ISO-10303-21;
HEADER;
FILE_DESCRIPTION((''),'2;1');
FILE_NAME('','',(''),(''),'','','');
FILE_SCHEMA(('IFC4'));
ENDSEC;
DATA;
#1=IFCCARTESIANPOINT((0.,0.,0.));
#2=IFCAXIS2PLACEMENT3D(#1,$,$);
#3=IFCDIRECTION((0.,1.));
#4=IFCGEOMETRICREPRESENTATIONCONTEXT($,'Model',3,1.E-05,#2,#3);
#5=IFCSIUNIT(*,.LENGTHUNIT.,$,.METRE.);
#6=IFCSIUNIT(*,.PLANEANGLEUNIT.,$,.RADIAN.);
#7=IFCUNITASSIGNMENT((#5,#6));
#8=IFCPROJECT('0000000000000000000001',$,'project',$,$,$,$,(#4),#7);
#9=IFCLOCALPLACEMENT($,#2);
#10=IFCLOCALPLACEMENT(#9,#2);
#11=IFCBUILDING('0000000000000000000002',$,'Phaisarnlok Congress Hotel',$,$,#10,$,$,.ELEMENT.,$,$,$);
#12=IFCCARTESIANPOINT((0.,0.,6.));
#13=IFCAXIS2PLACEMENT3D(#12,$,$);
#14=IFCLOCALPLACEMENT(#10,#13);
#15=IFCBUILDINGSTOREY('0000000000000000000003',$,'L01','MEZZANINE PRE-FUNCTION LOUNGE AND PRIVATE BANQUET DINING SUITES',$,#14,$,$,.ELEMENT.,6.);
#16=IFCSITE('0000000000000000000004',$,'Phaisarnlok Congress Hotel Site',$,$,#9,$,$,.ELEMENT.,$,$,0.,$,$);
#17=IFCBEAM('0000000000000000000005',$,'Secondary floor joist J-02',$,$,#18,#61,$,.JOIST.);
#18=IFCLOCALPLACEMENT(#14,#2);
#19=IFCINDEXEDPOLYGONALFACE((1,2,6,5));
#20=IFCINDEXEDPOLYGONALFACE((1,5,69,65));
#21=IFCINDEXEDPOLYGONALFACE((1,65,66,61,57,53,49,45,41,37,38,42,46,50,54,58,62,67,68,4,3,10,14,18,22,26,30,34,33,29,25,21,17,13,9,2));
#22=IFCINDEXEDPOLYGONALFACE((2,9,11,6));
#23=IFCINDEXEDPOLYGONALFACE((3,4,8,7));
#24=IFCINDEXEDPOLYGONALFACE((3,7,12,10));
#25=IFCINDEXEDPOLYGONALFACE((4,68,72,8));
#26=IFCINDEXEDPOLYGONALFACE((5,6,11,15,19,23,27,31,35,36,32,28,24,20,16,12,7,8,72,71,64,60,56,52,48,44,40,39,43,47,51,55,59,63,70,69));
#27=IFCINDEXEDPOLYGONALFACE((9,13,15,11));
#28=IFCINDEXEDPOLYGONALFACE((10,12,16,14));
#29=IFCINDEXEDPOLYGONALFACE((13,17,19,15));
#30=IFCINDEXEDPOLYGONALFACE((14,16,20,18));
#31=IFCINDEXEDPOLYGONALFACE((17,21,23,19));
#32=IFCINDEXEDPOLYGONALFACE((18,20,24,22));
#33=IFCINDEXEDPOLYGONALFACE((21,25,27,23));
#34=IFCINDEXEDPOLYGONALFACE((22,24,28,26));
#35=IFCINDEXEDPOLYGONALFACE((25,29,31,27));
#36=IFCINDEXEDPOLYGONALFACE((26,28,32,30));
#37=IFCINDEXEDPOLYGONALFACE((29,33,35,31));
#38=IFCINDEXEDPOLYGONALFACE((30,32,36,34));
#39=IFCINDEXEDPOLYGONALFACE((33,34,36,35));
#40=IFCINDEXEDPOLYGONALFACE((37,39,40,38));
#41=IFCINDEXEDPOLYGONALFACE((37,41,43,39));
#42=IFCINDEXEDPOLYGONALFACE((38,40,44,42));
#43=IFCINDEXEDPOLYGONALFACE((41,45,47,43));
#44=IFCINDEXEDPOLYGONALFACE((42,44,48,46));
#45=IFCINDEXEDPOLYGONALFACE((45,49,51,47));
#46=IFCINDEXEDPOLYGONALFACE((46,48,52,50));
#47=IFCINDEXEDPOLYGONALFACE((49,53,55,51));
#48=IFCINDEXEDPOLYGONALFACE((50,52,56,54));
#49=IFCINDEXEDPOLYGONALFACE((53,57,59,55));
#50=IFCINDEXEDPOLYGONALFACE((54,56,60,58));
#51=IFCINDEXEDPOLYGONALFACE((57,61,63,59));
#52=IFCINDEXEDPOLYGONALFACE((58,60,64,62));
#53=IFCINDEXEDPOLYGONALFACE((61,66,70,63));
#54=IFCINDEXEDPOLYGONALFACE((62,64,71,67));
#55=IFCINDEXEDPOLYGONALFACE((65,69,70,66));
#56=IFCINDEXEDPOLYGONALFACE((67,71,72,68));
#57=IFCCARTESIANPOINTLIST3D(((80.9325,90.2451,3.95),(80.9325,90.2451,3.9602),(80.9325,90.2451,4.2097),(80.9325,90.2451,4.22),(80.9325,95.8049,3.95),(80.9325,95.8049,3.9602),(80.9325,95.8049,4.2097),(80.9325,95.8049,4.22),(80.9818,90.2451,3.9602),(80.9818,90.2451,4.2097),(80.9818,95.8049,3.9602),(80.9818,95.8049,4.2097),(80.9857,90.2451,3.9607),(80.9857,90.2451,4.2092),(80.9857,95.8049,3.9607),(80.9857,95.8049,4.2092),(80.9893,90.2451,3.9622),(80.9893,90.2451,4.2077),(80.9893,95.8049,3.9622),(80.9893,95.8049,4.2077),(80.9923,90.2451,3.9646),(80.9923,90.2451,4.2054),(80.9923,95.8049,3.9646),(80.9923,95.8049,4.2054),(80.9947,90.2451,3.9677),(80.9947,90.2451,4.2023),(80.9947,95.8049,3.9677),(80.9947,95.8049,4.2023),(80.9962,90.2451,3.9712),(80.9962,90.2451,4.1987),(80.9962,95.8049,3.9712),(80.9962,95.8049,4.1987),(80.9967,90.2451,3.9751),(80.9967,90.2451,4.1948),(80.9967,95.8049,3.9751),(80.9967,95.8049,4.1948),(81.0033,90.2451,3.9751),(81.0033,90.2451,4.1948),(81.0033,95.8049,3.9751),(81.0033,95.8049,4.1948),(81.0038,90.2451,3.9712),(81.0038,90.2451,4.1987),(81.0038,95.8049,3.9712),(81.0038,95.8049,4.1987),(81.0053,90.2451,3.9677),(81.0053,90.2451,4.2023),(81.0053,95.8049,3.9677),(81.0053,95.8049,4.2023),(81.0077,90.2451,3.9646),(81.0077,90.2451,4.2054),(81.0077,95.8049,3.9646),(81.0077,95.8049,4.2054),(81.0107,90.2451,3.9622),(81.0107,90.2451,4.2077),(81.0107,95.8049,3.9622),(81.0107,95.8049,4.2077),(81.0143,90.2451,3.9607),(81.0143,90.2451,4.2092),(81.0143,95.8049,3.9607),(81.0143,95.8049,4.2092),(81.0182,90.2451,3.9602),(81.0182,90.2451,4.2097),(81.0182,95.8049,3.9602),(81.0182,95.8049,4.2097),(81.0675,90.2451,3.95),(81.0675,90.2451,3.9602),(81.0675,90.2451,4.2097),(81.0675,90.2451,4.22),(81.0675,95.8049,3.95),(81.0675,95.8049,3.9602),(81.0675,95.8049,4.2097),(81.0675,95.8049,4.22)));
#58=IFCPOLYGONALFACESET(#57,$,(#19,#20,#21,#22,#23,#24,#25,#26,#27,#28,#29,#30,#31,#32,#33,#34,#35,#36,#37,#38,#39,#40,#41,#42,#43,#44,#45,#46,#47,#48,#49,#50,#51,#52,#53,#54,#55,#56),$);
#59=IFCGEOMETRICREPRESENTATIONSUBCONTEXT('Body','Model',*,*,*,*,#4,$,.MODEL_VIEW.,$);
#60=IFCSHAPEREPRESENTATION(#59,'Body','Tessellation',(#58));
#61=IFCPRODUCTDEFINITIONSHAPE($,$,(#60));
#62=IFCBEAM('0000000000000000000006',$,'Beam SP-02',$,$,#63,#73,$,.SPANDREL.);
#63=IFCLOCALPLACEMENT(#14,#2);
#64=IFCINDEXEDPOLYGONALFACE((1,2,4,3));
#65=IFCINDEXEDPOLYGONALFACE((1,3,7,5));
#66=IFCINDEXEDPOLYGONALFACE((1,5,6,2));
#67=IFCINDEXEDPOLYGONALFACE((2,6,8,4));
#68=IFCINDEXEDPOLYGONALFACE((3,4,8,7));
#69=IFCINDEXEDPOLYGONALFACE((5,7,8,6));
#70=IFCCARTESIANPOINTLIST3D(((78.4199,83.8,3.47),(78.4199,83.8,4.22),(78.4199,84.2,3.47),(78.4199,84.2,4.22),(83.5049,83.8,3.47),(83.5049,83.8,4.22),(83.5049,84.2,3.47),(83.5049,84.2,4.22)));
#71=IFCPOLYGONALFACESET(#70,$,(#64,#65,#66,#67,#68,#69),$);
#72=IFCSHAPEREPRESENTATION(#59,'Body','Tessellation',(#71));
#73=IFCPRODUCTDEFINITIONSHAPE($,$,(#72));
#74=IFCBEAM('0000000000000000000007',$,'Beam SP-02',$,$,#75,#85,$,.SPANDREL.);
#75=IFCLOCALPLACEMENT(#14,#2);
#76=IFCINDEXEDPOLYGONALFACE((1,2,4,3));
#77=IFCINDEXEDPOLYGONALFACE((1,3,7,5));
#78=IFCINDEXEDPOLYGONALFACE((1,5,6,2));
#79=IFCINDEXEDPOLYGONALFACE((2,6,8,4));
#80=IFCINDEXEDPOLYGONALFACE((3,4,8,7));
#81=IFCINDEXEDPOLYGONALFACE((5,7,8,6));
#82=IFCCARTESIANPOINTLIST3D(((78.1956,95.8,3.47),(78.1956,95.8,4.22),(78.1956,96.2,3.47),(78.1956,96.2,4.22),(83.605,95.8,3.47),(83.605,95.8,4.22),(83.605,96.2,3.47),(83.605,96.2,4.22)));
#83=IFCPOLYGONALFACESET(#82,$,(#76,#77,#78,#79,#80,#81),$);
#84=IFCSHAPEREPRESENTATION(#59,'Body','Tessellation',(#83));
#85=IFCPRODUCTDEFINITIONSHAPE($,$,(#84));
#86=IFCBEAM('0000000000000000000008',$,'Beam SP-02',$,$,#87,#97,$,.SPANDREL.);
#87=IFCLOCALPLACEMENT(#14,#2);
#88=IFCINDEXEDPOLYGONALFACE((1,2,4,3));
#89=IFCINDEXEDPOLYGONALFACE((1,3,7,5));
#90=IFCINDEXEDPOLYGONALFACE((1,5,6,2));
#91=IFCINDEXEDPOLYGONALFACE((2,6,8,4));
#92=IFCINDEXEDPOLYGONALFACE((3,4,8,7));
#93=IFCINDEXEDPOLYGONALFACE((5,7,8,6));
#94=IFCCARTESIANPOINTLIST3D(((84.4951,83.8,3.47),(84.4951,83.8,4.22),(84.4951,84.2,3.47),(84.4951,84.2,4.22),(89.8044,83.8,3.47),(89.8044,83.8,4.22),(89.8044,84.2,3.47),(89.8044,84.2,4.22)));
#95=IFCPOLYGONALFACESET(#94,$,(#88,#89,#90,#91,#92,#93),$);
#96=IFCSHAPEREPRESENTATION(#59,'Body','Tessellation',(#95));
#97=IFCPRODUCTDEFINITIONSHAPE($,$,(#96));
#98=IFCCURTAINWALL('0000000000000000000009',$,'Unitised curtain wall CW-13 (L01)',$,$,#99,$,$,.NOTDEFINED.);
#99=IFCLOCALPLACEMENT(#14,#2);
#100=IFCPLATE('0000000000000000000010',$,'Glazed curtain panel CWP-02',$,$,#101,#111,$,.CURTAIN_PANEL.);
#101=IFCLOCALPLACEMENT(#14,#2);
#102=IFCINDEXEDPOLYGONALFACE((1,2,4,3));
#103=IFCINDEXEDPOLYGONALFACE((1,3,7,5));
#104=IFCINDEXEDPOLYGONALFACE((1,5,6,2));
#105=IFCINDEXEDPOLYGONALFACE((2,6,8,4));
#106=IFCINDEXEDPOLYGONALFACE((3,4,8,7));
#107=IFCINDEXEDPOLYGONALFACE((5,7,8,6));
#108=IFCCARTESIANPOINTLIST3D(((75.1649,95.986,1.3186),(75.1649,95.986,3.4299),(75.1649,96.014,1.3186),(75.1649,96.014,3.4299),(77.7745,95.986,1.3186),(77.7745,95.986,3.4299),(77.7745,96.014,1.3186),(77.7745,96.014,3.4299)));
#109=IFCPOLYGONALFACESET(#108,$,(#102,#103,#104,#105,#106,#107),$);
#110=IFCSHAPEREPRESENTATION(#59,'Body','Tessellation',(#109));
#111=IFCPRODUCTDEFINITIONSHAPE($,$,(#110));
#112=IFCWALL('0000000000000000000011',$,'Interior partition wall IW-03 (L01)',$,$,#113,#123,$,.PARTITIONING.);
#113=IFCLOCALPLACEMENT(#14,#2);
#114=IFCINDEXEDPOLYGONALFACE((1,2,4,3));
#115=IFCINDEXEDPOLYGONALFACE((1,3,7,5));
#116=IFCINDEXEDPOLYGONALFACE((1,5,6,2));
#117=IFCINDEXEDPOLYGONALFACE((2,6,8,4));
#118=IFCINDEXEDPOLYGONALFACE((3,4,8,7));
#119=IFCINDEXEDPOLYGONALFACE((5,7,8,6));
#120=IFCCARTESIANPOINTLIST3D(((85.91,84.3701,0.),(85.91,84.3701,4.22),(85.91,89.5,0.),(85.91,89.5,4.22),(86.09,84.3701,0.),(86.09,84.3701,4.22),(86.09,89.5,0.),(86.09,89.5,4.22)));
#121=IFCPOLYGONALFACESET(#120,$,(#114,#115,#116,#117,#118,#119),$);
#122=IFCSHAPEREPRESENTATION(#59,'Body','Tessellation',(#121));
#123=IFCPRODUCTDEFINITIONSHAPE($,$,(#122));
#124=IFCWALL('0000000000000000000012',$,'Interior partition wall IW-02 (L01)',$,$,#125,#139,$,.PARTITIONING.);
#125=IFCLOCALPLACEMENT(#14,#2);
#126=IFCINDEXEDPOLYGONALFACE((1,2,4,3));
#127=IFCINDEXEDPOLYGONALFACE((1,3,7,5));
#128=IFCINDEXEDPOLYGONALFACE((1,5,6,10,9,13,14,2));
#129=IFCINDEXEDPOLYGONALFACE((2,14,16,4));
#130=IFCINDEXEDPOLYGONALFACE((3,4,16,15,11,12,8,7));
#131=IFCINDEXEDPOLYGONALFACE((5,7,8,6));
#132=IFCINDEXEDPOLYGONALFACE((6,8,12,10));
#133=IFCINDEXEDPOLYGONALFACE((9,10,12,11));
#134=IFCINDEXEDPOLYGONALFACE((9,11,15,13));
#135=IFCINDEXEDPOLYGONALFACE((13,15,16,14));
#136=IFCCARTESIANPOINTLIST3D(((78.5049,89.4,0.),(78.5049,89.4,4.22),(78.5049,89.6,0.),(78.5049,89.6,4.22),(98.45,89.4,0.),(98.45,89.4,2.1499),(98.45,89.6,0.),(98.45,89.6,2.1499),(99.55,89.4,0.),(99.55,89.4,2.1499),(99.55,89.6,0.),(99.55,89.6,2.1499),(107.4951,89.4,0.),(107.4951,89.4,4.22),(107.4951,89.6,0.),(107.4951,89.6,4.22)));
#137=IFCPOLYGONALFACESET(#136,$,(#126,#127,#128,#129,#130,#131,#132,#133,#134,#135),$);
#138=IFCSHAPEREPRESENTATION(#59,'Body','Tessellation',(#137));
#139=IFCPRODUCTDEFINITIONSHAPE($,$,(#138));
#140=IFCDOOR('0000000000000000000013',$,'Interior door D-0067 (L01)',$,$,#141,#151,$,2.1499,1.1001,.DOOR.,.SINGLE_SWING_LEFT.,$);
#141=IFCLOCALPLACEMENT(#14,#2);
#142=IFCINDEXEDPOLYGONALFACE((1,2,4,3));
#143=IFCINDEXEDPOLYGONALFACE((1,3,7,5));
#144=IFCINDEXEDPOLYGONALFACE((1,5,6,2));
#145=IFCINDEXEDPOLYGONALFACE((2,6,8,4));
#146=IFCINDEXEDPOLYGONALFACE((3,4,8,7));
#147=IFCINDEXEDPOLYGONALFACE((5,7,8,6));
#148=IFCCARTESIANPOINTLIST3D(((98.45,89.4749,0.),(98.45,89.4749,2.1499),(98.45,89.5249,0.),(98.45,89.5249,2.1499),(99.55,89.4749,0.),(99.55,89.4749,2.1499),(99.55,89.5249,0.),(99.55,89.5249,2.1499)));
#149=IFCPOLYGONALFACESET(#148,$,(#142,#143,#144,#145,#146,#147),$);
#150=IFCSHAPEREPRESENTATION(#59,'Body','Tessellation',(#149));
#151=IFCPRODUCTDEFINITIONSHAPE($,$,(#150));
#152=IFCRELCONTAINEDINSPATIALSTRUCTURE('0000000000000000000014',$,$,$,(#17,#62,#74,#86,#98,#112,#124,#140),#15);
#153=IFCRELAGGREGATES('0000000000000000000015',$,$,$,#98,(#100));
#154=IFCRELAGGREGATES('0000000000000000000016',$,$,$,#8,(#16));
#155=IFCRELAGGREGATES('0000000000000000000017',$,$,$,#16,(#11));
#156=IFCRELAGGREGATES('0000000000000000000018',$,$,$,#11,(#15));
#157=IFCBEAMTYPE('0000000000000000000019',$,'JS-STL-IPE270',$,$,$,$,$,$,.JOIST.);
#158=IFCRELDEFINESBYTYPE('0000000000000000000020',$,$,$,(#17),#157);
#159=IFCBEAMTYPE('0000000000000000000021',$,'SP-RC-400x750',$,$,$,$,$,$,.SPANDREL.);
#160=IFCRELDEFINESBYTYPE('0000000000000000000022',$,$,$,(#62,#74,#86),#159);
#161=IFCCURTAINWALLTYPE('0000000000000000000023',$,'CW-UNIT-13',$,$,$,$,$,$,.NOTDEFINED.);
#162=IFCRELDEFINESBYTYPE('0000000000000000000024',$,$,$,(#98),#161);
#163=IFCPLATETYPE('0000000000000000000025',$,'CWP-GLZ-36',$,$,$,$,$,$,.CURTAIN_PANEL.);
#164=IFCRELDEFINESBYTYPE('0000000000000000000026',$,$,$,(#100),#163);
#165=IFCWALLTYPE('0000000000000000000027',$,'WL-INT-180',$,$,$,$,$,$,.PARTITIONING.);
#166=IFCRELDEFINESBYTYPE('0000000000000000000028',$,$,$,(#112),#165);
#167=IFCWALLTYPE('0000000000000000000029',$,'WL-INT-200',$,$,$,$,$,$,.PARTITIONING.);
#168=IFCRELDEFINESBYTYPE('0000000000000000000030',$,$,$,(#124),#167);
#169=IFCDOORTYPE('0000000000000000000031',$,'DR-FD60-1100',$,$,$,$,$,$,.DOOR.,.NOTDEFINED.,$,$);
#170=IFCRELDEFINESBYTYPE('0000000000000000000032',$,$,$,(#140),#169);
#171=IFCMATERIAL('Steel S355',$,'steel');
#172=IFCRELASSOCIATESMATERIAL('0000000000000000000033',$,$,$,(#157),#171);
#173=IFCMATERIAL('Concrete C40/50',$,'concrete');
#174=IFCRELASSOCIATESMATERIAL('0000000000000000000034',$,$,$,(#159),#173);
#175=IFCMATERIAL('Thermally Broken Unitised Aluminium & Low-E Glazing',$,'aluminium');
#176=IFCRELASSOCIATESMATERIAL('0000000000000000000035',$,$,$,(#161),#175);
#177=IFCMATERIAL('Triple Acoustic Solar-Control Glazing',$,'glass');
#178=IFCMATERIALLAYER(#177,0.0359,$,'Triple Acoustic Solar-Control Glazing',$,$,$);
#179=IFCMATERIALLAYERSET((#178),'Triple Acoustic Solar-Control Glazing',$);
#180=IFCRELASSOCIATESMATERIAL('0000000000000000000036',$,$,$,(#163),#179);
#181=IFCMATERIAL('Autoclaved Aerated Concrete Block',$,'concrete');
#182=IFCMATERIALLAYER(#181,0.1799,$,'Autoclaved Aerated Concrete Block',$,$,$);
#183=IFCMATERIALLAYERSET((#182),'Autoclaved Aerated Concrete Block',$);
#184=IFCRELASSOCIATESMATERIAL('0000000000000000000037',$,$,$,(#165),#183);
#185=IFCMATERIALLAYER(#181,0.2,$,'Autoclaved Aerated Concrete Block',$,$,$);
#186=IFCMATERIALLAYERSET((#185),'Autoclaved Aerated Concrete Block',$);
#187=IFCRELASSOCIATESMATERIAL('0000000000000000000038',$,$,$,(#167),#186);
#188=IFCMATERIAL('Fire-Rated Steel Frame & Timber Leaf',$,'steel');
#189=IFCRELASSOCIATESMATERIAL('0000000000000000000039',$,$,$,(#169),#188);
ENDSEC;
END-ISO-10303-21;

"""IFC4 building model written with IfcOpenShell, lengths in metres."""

from ifc_helpers import new_model, si_unit, direction, frame, frame_2d, origin, origin_2d, place, context, subcontext, project, spatial, rectangle, i_section, extrude, material, layer, layer_set, material_profile, profile_set, type_object, element, fill, aggregate, save


model = new_model("IFC4")

# Units and contexts
model_context = context("Model", 3, precision=1e-05, world=origin(), true_north=direction((0.0, 1.0)))
body_context = subcontext(model_context, "Body", "Model", "MODEL_VIEW")
ifc_project = project(units=[si_unit("LENGTHUNIT", "METRE"), si_unit("PLANEANGLEUNIT", "RADIAN")], contexts=[model_context])

# Site, building, storey
site_placement = place(None, origin())
site = spatial("IfcSite", under=ifc_project, at=site_placement, Name="Phaisarnlok Congress Hotel Site", CompositionType="ELEMENT", RefElevation=0.0)
building_placement = place(site_placement, origin())
building = spatial("IfcBuilding", under=site, at=building_placement, Name="Phaisarnlok Congress Hotel", CompositionType="ELEMENT")
storey_placement = place(building_placement, frame((0.0, 0.0, 6.0)))
storey = spatial("IfcBuildingStorey", under=building, at=storey_placement, Name="L01", Description="MEZZANINE PRE-FUNCTION LOUNGE AND PRIVATE BANQUET DINING SUITES", CompositionType="ELEMENT", Elevation=6.0)

# Shared definitions
ifc_material_1 = material(Name="Steel S355", Category="steel")

# Shared definitions
ifc_material_2 = material(Name="Concrete C40/50", Category="concrete")

# Shared definitions
ifc_material_3 = material(Name="Thermally Broken Unitised Aluminium & Low-E Glazing", Category="aluminium")

# Beams
ifc_material_profile_1 = material_profile(ifc_material_1, i_section(OverallWidth=0.135, OverallDepth=0.27, WebThickness=0.0066, FlangeThickness=0.0103, FilletRadius=0.0149, at=origin_2d()), Name="IPE 270")
ifc_profile_set_1 = profile_set([ifc_material_profile_1], Name="Steel S355")
beam_type_1 = type_object("IfcBeamType", Name="JS-STL-IPE270", PredefinedType="JOIST", material=ifc_profile_set_1)
beam_1_placement = place(storey_placement, frame((81.0, 90.2451, 4.085), z_axis=(0.0, 1.0, 0.0), x_axis=(-1.0, 0.0, 0.0)))
element("IfcBeam", 1, at=beam_1_placement, inside=storey, type_object=beam_type_1, Name="Secondary floor joist J-02", PredefinedType="JOIST", context=body_context, shape_type="SweptSolid", body=[
    extrude(i_section(OverallWidth=0.135, OverallDepth=0.27, WebThickness=0.0066, FlangeThickness=0.0103, FilletRadius=0.0149, at=origin_2d()), origin(), (0.0, 0.0, 1.0), 5.5598),
])
ifc_material_profile_2 = material_profile(ifc_material_2, rectangle(XDim=0.3999, YDim=0.75, at=origin_2d()), Name="RC 400x750")
ifc_profile_set_2 = profile_set([ifc_material_profile_2], Name="Concrete C40/50")
beam_type_2 = type_object("IfcBeamType", Name="SP-RC-400x750", PredefinedType="SPANDREL", material=ifc_profile_set_2)
beam_2_placement = place(storey_placement, frame((78.4199, 84.0, 3.845), z_axis=(1.0, 0.0, 0.0), x_axis=(0.0, 1.0, 0.0)))
element("IfcBeam", 2, at=beam_2_placement, inside=storey, type_object=beam_type_2, Name="Beam SP-02", PredefinedType="SPANDREL", context=body_context, shape_type="SweptSolid", body=[
    extrude(rectangle(XDim=0.3999, YDim=0.75, at=origin_2d()), origin(), (0.0, 0.0, 1.0), 5.085),
])
beam_3_placement = place(storey_placement, frame((78.1956, 96.0, 3.845), z_axis=(1.0, 0.0, 0.0), x_axis=(0.0, 1.0, 0.0)))
element("IfcBeam", 3, at=beam_3_placement, inside=storey, type_object=beam_type_2, Name="Beam SP-02", PredefinedType="SPANDREL", context=body_context, shape_type="SweptSolid", body=[
    extrude(rectangle(XDim=0.3999, YDim=0.75, at=origin_2d()), origin(), (0.0, 0.0, 1.0), 5.4094),
])
beam_4_placement = place(storey_placement, frame((84.4951, 84.0, 3.845), z_axis=(1.0, 0.0, 0.0), x_axis=(0.0, 1.0, 0.0)))
element("IfcBeam", 4, at=beam_4_placement, inside=storey, type_object=beam_type_2, Name="Beam SP-02", PredefinedType="SPANDREL", context=body_context, shape_type="SweptSolid", body=[
    extrude(rectangle(XDim=0.3999, YDim=0.75, at=origin_2d()), origin(), (0.0, 0.0, 1.0), 5.3093),
])

# Curtain wall, plate
curtain_wall_type_1 = type_object("IfcCurtainWallType", Name="CW-UNIT-13", PredefinedType="NOTDEFINED", material=ifc_material_3)
curtain_wall_1_placement = place(storey_placement, origin())
curtain_wall_1 = element("IfcCurtainWall", 5, at=curtain_wall_1_placement, inside=storey, type_object=curtain_wall_type_1, Name="Unitised curtain wall CW-13 (L01)", PredefinedType="NOTDEFINED")
ifc_material_4 = material(Name="Triple Acoustic Solar-Control Glazing", Category="glass")
ifc_layer_1 = layer(ifc_material_4, 0.0359, Name="Triple Acoustic Solar-Control Glazing")
ifc_layer_set_1 = layer_set([ifc_layer_1], Name="Triple Acoustic Solar-Control Glazing")
plate_type = type_object("IfcPlateType", Name="CWP-GLZ-36", PredefinedType="CURTAIN_PANEL", material=ifc_layer_set_1)
plate_placement = place(storey_placement, frame((77.7744, 96.0, 1.3186), z_axis=(0.0, 0.0, 1.0), x_axis=(-1.0, 0.0, 0.0)))
plate = element("IfcPlate", 6, at=plate_placement, type_object=plate_type, Name="Glazed curtain panel CWP-02", PredefinedType="CURTAIN_PANEL", context=body_context, shape_type="SweptSolid", body=[
    extrude(rectangle(XDim=2.6096, YDim=0.0281, at=frame_2d((1.3047, 0.0))), origin(), (0.0, 0.0, 1.0), 2.1113),
])
aggregate(curtain_wall_1, [plate])

# Wall
ifc_material_5 = material(Name="Autoclaved Aerated Concrete Block", Category="concrete")
ifc_layer_2 = layer(ifc_material_5, 0.1799, Name="Autoclaved Aerated Concrete Block")
ifc_layer_set_2 = layer_set([ifc_layer_2], Name="Autoclaved Aerated Concrete Block")
wall_type_1 = type_object("IfcWallType", Name="WL-INT-180", PredefinedType="PARTITIONING", material=ifc_layer_set_2)
wall_1_placement = place(storey_placement, frame((86.0, 84.3701, 0.0), z_axis=(0.0, 0.0, 1.0), x_axis=(0.0, 1.0, 0.0)))
element("IfcWall", 7, at=wall_1_placement, inside=storey, type_object=wall_type_1, Name="Interior partition wall IW-03 (L01)", PredefinedType="PARTITIONING", context=body_context, shape_type="SweptSolid", body=[
    extrude(rectangle(XDim=5.1299, YDim=0.1799, at=frame_2d((2.5649, 0.0))), origin(), (0.0, 0.0, 1.0), 4.22),
])

# Wall, opening, door
ifc_layer_3 = layer(ifc_material_5, 0.2, Name="Autoclaved Aerated Concrete Block")
ifc_layer_set_3 = layer_set([ifc_layer_3], Name="Autoclaved Aerated Concrete Block")
wall_type_2 = type_object("IfcWallType", Name="WL-INT-200", PredefinedType="PARTITIONING", material=ifc_layer_set_3)
wall_2_placement = place(storey_placement, frame((78.5049, 89.5, 0.0), z_axis=(0.0, 0.0, 1.0), x_axis=(1.0, 0.0, 0.0)))
wall_2 = element("IfcWall", 8, at=wall_2_placement, inside=storey, type_object=wall_type_2, Name="Interior partition wall IW-02 (L01)", PredefinedType="PARTITIONING", context=body_context, shape_type="SweptSolid", body=[
    extrude(rectangle(XDim=28.9902, YDim=0.2, at=frame_2d((14.4951, 0.0))), origin(), (0.0, 0.0, 1.0), 4.22),
])
opening_1_placement = place(wall_2_placement, frame((19.9451, 0.0, 0.0)))
opening_1 = element("IfcOpeningElement", 9, at=opening_1_placement, cuts=wall_2, PredefinedType="OPENING", context=body_context, shape_type="SweptSolid", body=[
    extrude(rectangle(XDim=1.1001, YDim=2.1499, at=frame_2d((0.55, 1.075))), frame((0.0, 0.1099, 0.0), z_axis=(0.0, -1.0, 0.0), x_axis=(1.0, 0.0, 0.0)), (0.0, 0.0, 1.0), 0.22),
])
ifc_material_6 = material(Name="Fire-Rated Steel Frame & Timber Leaf", Category="steel")
door_type = type_object("IfcDoorType", Name="DR-FD60-1100", OperationType="NOTDEFINED", PredefinedType="DOOR", material=ifc_material_6)
door_1_placement = place(opening_1_placement, origin())
door_1 = element("IfcDoor", 10, at=door_1_placement, inside=storey, type_object=door_type, Name="Interior door D-0067 (L01)", OperationType="SINGLE_SWING_LEFT", OverallHeight=2.1499, OverallWidth=1.1001, PredefinedType="DOOR", context=body_context, shape_type="SweptSolid", body=[
    extrude(rectangle(XDim=1.1001, YDim=2.1499, at=frame_2d((0.55, 1.075))), frame((0.0, 0.0249, 0.0), z_axis=(0.0, -1.0, 0.0), x_axis=(1.0, 0.0, 0.0)), (0.0, 0.0, 1.0), 0.05),
])
fill(opening_1, door_1)

save(model, "model.ifc")
